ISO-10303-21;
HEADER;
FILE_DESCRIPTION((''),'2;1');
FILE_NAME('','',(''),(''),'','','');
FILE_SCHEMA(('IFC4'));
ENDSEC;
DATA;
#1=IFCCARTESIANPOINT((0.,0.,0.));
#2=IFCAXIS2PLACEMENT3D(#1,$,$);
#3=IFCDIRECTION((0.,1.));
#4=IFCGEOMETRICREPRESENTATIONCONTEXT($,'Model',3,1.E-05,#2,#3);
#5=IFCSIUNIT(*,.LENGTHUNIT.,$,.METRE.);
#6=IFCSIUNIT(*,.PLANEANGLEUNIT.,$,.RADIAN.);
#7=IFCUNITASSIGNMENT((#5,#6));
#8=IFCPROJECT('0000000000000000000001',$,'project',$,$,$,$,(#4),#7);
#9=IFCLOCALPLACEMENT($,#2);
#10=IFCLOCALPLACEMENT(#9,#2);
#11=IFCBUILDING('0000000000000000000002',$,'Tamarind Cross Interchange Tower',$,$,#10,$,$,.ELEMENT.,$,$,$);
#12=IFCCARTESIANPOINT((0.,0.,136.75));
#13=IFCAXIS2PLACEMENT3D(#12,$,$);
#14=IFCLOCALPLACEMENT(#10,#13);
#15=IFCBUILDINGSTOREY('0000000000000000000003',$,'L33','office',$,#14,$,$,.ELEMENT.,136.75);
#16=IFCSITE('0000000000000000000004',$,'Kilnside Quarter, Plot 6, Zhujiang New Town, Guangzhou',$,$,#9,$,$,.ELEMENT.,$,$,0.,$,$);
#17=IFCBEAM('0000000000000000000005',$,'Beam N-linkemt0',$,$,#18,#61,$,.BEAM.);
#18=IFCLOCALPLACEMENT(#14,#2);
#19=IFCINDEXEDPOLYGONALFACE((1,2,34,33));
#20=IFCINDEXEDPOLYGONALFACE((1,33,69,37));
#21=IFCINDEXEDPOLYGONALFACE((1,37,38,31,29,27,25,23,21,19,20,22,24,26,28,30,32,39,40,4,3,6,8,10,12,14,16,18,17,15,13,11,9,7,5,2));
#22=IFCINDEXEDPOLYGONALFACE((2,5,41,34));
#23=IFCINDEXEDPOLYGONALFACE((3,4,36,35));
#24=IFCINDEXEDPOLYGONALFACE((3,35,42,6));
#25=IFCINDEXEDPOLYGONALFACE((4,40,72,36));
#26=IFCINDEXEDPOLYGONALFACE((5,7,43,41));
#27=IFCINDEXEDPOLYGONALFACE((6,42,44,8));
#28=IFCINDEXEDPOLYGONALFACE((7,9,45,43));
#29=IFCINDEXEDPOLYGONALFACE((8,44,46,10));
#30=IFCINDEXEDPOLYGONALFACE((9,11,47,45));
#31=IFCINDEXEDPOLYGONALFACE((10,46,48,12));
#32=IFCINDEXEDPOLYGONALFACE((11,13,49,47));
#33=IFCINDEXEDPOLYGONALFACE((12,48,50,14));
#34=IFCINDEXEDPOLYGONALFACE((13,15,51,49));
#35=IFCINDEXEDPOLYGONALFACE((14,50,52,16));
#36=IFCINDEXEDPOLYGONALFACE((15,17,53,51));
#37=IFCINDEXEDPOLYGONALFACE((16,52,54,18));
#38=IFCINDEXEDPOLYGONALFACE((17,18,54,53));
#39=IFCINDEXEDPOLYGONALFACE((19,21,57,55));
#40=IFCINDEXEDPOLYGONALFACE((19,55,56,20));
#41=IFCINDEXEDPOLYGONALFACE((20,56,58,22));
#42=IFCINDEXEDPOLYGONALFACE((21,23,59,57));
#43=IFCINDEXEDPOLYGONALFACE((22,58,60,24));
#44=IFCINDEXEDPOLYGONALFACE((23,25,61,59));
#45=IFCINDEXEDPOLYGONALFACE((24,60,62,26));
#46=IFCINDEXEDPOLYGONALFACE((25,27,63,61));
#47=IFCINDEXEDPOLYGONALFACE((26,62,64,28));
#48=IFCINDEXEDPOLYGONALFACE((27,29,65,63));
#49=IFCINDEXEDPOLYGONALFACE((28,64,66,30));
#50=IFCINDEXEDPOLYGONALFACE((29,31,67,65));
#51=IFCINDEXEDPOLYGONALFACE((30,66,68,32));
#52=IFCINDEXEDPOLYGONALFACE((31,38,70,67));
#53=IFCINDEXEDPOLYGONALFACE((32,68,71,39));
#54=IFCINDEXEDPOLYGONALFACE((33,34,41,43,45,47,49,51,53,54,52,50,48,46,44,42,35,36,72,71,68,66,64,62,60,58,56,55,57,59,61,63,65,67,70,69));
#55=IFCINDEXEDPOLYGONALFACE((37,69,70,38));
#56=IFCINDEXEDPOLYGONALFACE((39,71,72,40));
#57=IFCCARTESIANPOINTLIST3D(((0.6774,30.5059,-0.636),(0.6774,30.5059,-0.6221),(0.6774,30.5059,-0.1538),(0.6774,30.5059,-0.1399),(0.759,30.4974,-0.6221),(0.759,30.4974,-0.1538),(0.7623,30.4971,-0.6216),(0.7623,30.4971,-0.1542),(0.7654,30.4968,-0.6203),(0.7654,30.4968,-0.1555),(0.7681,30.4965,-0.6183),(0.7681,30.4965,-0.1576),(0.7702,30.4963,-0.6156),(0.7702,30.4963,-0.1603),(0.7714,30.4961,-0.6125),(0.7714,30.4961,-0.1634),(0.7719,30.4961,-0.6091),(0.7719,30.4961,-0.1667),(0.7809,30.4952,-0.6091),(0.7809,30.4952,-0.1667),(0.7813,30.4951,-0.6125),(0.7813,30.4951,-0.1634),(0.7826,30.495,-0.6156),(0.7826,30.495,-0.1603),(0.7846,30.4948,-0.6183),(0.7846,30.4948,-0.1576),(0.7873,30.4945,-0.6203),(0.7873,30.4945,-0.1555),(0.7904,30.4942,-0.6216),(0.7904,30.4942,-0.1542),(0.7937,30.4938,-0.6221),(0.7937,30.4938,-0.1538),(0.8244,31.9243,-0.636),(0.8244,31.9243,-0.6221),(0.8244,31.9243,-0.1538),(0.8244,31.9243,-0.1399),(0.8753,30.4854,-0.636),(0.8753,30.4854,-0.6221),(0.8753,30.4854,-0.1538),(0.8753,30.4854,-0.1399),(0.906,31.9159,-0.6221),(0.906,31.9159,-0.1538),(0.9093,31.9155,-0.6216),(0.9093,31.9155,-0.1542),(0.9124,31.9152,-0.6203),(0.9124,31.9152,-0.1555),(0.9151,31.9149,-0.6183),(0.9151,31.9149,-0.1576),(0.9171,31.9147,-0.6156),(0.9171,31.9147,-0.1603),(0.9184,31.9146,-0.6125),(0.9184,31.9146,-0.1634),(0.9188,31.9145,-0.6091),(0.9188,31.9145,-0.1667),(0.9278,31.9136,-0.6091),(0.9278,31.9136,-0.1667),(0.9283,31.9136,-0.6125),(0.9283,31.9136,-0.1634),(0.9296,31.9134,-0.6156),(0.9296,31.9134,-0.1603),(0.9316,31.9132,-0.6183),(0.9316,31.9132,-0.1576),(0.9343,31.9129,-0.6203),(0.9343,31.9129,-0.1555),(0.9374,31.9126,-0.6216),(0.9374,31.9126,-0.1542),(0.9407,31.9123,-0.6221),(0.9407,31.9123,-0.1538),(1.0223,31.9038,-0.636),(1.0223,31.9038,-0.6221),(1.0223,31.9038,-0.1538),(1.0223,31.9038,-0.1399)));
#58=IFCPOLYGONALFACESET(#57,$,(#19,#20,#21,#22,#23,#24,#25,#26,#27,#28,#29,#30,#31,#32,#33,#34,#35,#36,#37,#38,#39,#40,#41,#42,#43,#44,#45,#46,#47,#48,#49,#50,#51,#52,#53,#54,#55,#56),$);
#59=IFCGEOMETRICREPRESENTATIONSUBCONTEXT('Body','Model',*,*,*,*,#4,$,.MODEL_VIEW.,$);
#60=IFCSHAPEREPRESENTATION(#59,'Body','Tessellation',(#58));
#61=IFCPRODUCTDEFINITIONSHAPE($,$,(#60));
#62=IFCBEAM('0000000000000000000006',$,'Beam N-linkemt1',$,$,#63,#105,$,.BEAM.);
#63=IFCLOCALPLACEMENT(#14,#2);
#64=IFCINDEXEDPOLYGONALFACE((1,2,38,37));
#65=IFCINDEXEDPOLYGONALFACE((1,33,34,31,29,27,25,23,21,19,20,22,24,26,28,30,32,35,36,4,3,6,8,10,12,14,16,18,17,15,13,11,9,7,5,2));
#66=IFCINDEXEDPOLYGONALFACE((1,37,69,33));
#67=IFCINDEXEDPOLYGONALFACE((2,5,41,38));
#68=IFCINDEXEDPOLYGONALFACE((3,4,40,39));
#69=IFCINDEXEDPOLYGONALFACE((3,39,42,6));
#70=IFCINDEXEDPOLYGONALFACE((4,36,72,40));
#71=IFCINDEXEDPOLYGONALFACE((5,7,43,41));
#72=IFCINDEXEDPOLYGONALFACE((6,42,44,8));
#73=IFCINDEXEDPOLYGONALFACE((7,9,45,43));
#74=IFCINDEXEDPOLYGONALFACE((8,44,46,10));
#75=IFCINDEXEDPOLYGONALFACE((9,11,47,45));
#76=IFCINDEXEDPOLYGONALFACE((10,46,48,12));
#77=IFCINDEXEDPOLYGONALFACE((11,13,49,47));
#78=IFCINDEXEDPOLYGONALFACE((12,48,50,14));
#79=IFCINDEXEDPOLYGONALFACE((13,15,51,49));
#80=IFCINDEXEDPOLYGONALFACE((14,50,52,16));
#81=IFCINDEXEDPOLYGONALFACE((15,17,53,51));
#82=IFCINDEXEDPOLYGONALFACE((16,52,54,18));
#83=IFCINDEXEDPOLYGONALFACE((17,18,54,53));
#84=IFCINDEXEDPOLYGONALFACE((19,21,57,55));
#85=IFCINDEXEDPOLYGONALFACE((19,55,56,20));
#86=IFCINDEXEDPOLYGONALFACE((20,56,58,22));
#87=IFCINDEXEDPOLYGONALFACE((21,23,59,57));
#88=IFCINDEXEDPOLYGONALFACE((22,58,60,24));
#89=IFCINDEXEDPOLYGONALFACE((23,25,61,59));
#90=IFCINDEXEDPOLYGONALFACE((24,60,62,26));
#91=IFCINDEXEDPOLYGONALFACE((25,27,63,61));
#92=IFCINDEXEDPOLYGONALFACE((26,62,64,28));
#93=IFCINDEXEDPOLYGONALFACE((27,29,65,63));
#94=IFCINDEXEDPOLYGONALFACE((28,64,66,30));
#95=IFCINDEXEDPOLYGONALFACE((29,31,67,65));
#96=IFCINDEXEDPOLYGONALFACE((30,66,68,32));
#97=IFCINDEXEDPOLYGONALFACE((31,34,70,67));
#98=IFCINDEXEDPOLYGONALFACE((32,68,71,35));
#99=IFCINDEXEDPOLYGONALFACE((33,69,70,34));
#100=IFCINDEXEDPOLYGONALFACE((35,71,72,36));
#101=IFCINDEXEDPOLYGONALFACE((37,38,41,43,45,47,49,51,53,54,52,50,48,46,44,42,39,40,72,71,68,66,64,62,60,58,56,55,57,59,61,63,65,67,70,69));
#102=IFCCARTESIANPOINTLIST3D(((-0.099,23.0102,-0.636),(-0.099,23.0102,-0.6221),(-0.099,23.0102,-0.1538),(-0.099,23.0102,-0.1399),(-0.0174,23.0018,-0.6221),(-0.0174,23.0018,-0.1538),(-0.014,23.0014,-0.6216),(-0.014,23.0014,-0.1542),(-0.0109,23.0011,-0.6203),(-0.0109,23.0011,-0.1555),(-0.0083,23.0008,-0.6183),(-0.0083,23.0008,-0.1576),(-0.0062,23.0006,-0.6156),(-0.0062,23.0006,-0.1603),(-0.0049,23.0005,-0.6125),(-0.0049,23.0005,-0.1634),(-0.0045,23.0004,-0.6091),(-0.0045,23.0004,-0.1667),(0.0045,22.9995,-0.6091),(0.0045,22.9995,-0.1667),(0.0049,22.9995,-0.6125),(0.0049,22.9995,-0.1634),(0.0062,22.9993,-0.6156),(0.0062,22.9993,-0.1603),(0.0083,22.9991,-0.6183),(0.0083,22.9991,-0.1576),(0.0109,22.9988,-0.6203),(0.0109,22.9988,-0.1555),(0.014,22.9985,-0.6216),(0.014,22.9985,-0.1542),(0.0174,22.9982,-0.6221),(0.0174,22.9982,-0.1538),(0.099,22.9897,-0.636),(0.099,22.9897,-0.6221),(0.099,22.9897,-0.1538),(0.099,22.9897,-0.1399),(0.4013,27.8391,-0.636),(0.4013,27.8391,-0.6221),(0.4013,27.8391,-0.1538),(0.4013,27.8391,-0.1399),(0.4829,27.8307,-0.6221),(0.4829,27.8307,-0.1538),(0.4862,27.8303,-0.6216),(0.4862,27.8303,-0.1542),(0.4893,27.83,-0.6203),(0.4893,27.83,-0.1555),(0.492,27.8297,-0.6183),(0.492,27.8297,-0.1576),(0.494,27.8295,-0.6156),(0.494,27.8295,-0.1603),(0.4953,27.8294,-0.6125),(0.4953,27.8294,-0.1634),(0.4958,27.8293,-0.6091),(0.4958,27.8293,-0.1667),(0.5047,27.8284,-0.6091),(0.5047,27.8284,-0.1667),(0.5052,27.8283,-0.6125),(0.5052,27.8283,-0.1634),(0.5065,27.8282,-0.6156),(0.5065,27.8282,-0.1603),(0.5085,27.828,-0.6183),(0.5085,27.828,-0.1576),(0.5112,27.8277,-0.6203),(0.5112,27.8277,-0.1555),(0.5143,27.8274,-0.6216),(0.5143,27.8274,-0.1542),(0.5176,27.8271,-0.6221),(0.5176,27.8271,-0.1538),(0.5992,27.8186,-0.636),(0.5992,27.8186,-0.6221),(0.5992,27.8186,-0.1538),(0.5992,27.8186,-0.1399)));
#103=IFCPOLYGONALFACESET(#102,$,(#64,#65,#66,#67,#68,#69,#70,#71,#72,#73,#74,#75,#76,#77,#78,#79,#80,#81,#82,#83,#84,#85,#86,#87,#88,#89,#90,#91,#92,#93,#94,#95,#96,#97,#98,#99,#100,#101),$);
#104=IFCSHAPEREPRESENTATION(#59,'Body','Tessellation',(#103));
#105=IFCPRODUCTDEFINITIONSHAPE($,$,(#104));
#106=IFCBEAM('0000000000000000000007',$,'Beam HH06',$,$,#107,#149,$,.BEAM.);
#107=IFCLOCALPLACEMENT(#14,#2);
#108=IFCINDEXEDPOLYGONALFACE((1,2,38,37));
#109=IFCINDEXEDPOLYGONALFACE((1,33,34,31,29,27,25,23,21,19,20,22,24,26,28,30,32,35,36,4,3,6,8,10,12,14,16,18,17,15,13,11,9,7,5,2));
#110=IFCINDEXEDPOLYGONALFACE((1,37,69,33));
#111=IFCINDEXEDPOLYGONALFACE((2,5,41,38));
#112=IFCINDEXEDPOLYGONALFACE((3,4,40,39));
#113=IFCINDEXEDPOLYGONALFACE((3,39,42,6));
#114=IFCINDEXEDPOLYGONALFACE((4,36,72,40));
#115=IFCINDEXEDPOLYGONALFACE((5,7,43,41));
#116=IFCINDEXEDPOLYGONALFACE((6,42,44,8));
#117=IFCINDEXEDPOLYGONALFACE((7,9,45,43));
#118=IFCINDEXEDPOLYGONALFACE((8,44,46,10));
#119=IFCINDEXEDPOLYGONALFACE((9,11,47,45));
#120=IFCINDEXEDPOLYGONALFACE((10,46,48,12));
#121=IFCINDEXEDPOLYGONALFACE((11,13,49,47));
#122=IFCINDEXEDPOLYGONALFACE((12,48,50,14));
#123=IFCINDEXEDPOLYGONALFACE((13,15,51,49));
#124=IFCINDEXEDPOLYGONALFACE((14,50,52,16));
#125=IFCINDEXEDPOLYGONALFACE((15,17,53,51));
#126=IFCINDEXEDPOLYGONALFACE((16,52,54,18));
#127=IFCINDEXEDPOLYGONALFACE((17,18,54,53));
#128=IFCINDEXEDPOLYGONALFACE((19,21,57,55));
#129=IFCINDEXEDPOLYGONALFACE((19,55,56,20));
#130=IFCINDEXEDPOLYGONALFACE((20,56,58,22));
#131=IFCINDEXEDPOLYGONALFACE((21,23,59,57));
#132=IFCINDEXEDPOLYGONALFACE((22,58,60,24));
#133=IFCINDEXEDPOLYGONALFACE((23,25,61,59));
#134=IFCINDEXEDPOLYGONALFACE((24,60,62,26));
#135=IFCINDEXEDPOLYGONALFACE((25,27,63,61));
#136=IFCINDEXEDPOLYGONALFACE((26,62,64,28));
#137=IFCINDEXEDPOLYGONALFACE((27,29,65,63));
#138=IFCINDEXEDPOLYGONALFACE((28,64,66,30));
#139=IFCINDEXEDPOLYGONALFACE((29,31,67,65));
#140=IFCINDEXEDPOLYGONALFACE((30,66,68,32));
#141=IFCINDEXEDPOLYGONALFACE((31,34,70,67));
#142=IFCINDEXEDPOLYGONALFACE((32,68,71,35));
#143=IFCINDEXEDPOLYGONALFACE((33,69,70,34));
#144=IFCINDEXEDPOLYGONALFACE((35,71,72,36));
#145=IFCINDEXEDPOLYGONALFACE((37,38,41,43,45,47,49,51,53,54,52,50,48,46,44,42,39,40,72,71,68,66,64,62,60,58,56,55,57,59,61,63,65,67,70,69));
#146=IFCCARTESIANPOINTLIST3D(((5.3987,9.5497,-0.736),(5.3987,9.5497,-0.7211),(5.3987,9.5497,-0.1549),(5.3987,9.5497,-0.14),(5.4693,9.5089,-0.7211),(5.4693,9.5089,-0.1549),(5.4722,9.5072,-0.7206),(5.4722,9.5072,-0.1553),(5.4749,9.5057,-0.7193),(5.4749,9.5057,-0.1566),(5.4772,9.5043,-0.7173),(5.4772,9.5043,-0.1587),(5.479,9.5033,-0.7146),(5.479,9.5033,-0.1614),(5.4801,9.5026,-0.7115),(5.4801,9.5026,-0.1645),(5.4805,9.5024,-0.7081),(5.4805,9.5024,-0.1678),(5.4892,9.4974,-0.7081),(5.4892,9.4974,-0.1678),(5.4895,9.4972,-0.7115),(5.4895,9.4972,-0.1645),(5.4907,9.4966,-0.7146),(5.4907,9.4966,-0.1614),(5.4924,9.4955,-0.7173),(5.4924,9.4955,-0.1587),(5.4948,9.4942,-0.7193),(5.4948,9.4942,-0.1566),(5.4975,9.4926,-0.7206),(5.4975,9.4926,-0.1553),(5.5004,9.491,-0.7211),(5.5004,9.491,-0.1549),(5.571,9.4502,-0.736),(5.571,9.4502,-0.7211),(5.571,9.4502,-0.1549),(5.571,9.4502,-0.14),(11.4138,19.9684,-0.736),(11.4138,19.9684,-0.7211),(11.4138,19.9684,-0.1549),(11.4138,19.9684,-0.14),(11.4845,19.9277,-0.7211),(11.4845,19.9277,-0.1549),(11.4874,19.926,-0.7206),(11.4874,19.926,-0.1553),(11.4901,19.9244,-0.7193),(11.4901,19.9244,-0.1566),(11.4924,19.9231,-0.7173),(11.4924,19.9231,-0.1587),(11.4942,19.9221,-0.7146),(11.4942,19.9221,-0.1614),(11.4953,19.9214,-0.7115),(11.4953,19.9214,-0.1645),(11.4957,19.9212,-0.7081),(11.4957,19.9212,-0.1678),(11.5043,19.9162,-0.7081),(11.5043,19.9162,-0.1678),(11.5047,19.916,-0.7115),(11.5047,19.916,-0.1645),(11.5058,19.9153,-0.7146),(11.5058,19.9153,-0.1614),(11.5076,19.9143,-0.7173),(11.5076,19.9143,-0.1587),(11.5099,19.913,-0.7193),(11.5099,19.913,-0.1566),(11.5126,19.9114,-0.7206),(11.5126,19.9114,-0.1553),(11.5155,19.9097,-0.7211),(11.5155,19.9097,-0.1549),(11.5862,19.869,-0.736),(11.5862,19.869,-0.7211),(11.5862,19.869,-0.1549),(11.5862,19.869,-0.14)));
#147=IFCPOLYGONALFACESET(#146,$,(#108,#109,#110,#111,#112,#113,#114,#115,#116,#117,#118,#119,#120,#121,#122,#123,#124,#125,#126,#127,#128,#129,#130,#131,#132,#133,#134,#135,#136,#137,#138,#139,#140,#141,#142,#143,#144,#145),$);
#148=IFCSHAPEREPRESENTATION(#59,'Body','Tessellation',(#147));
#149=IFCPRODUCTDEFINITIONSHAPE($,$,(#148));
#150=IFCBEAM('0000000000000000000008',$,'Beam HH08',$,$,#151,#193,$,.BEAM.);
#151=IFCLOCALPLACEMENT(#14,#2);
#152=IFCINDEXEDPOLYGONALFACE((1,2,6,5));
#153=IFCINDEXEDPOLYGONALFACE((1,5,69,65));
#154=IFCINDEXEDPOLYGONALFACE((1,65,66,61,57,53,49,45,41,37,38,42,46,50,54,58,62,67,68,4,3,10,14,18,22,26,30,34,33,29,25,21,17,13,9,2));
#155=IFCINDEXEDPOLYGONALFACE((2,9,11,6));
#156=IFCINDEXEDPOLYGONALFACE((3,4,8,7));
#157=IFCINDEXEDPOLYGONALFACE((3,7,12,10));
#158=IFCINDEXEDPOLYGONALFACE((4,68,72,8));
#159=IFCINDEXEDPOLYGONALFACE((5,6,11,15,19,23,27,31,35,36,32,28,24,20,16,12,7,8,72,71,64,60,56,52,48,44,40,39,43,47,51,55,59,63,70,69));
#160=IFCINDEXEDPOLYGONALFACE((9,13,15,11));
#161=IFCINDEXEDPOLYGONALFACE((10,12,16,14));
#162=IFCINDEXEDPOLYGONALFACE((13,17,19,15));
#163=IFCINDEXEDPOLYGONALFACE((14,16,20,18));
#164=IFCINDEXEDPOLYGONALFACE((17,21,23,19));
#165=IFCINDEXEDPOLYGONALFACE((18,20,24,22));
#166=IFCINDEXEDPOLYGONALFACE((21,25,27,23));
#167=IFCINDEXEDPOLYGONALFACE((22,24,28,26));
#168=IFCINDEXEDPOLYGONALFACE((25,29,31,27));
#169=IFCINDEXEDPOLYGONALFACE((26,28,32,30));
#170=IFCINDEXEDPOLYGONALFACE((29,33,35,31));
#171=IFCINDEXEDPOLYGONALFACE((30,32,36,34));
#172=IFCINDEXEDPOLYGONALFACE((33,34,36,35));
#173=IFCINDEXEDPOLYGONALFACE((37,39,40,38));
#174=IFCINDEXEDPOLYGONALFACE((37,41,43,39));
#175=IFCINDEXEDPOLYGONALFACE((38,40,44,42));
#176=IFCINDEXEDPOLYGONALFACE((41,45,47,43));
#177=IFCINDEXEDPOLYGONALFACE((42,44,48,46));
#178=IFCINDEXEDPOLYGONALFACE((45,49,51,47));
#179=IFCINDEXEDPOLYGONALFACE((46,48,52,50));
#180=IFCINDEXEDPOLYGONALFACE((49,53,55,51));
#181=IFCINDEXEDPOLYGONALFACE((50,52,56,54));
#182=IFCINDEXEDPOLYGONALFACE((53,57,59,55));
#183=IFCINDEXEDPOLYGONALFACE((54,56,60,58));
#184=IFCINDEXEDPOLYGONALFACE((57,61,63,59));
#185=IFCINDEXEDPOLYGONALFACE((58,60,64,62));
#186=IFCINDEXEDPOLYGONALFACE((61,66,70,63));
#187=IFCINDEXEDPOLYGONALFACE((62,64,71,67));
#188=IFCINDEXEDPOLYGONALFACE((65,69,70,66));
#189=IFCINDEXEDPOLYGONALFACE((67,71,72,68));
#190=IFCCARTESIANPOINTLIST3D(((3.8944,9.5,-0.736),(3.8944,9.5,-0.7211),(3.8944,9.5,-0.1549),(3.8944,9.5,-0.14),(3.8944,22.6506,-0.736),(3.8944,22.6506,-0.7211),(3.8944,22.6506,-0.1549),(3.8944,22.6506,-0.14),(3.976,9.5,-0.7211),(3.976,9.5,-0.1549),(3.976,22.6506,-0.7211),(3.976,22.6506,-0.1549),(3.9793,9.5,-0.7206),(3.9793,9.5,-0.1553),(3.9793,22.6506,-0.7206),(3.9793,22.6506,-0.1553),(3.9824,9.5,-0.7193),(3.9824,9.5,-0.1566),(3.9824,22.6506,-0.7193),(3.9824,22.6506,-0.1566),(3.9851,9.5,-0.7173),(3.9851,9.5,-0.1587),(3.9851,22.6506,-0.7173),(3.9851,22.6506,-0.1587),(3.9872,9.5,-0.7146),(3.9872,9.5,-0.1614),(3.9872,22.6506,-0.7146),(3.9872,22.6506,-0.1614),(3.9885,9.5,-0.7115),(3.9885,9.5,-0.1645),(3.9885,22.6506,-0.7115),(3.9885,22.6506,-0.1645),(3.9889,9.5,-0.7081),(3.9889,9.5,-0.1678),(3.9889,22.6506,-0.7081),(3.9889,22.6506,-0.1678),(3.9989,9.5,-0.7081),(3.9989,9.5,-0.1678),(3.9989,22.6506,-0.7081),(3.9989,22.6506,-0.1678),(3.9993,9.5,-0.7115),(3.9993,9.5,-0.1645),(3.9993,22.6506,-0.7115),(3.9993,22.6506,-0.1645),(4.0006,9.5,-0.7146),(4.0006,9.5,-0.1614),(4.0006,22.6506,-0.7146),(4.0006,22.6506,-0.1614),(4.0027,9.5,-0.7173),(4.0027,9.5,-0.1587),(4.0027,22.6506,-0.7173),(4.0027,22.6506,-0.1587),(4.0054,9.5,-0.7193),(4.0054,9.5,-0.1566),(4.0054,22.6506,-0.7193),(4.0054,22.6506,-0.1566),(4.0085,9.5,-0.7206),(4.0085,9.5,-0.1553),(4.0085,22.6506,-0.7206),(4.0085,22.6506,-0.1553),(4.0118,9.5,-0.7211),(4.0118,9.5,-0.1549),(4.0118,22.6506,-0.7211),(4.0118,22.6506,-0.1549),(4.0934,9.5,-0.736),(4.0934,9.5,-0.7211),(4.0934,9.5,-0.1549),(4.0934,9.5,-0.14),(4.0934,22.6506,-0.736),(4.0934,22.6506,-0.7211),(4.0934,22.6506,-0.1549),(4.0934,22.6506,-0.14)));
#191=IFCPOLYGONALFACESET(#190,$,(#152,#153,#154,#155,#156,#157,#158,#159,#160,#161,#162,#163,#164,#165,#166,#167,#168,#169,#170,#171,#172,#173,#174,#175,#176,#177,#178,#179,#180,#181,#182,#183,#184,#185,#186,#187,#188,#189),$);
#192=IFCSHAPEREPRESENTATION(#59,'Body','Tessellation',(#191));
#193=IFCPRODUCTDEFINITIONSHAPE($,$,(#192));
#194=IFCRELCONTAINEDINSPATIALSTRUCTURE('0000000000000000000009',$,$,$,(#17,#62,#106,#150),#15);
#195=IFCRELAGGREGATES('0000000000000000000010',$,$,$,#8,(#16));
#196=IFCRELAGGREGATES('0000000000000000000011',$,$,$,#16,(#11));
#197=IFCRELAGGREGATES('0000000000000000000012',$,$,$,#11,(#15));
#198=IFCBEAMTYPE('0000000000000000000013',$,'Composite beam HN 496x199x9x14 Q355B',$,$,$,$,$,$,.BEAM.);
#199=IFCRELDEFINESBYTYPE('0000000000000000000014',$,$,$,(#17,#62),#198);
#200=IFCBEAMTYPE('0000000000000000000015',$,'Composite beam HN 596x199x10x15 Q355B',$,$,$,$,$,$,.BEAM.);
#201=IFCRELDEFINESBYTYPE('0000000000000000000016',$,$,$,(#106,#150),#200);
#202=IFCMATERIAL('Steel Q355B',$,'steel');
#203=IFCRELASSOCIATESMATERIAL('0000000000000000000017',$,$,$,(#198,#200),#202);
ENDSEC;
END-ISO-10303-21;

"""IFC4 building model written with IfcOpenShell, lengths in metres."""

from ifc_helpers import new_model, si_unit, direction, frame, origin, origin_2d, place, context, subcontext, project, spatial, i_section, extrude, material, material_profile, profile_set, type_object, element, save


model = new_model("IFC4")

# Units and contexts
model_context = context("Model", 3, precision=1e-05, world=origin(), true_north=direction((0.0, 1.0)))
body_context = subcontext(model_context, "Body", "Model", "MODEL_VIEW")
ifc_project = project(units=[si_unit("LENGTHUNIT", "METRE"), si_unit("PLANEANGLEUNIT", "RADIAN")], contexts=[model_context])

# Site, building, storey
site_placement = place(None, origin())
site = spatial("IfcSite", under=ifc_project, at=site_placement, Name="Kilnside Quarter, Plot 6, Zhujiang New Town, Guangzhou", CompositionType="ELEMENT", RefElevation=0.0)
building_placement = place(site_placement, origin())
building = spatial("IfcBuilding", under=site, at=building_placement, Name="Tamarind Cross Interchange Tower", CompositionType="ELEMENT")
storey_placement = place(building_placement, frame((0.0, 0.0, 136.75)))
storey = spatial("IfcBuildingStorey", under=building, at=storey_placement, Name="L33", Description="office", CompositionType="ELEMENT", Elevation=136.75)

# Beams
ifc_material_1 = material(Name="Steel Q355B", Category="steel")
ifc_material_profile_1 = material_profile(ifc_material_1, i_section(OverallWidth=0.199, OverallDepth=0.4961, WebThickness=0.009, FlangeThickness=0.0139, FilletRadius=0.0129, at=origin_2d()), Name="HN 496x199x9x14")
ifc_profile_set_1 = profile_set([ifc_material_profile_1], Name="Steel Q355B")
beam_type_1 = type_object("IfcBeamType", Name="Composite beam HN 496x199x9x14 Q355B", PredefinedType="BEAM", material=ifc_profile_set_1)
beam_1_placement = place(storey_placement, frame((0.9233, 31.9141, -0.3879), z_axis=(-0.103063, -0.994675, 0.0), x_axis=(0.994675, -0.103063, 0.0)))
element("IfcBeam", 1, at=beam_1_placement, inside=storey, type_object=beam_type_1, Name="Beam N-linkemt0", PredefinedType="BEAM", context=body_context, shape_type="SweptSolid", body=[
    extrude(i_section(OverallWidth=0.199, OverallDepth=0.4961, WebThickness=0.009, FlangeThickness=0.0139, FilletRadius=0.0129, at=origin_2d()), origin(), (0.0, 0.0, 1.0), 1.426),
])
beam_2_placement = place(storey_placement, frame((0.5002, 27.8289, -0.3879), z_axis=(-0.103043, -0.994677, 0.0), x_axis=(0.994677, -0.103043, 0.0)))
element("IfcBeam", 2, at=beam_2_placement, inside=storey, type_object=beam_type_1, Name="Beam N-linkemt1", PredefinedType="BEAM", context=body_context, shape_type="SweptSolid", body=[
    extrude(i_section(OverallWidth=0.199, OverallDepth=0.4961, WebThickness=0.009, FlangeThickness=0.0139, FilletRadius=0.0129, at=origin_2d()), origin(), (0.0, 0.0, 1.0), 4.8547),
])
ifc_material_profile_2 = material_profile(ifc_material_1, i_section(OverallWidth=0.199, OverallDepth=0.5959, WebThickness=0.01, FlangeThickness=0.0149, FilletRadius=0.0129, at=origin_2d()), Name="HN 596x199x10x15")
ifc_profile_set_2 = profile_set([ifc_material_profile_2], Name="Steel Q355B")
beam_type_2 = type_object("IfcBeamType", Name="Composite beam HN 596x199x10x15 Q355B", PredefinedType="BEAM", material=ifc_profile_set_2)
beam_3_placement = place(storey_placement, frame((11.5, 19.9187, -0.438), z_axis=(-0.499994, -0.866029, 0.0), x_axis=(0.866029, -0.499994, 0.0)))
element("IfcBeam", 3, at=beam_3_placement, inside=storey, type_object=beam_type_2, Name="Beam HH06", PredefinedType="BEAM", context=body_context, shape_type="SweptSolid", body=[
    extrude(i_section(OverallWidth=0.199, OverallDepth=0.5959, WebThickness=0.01, FlangeThickness=0.0149, FilletRadius=0.0129, at=origin_2d()), origin(), (0.0, 0.0, 1.0), 12.0305),
])
beam_4_placement = place(storey_placement, frame((3.9939, 22.6506, -0.438), z_axis=(0.0, -1.0, 0.0), x_axis=(1.0, 0.0, 0.0)))
element("IfcBeam", 4, at=beam_4_placement, inside=storey, type_object=beam_type_2, Name="Beam HH08", PredefinedType="BEAM", context=body_context, shape_type="SweptSolid", body=[
    extrude(i_section(OverallWidth=0.199, OverallDepth=0.5959, WebThickness=0.01, FlangeThickness=0.0149, FilletRadius=0.0129, at=origin_2d()), origin(), (0.0, 0.0, 1.0), 13.1506),
])

save(model, "model.ifc")
